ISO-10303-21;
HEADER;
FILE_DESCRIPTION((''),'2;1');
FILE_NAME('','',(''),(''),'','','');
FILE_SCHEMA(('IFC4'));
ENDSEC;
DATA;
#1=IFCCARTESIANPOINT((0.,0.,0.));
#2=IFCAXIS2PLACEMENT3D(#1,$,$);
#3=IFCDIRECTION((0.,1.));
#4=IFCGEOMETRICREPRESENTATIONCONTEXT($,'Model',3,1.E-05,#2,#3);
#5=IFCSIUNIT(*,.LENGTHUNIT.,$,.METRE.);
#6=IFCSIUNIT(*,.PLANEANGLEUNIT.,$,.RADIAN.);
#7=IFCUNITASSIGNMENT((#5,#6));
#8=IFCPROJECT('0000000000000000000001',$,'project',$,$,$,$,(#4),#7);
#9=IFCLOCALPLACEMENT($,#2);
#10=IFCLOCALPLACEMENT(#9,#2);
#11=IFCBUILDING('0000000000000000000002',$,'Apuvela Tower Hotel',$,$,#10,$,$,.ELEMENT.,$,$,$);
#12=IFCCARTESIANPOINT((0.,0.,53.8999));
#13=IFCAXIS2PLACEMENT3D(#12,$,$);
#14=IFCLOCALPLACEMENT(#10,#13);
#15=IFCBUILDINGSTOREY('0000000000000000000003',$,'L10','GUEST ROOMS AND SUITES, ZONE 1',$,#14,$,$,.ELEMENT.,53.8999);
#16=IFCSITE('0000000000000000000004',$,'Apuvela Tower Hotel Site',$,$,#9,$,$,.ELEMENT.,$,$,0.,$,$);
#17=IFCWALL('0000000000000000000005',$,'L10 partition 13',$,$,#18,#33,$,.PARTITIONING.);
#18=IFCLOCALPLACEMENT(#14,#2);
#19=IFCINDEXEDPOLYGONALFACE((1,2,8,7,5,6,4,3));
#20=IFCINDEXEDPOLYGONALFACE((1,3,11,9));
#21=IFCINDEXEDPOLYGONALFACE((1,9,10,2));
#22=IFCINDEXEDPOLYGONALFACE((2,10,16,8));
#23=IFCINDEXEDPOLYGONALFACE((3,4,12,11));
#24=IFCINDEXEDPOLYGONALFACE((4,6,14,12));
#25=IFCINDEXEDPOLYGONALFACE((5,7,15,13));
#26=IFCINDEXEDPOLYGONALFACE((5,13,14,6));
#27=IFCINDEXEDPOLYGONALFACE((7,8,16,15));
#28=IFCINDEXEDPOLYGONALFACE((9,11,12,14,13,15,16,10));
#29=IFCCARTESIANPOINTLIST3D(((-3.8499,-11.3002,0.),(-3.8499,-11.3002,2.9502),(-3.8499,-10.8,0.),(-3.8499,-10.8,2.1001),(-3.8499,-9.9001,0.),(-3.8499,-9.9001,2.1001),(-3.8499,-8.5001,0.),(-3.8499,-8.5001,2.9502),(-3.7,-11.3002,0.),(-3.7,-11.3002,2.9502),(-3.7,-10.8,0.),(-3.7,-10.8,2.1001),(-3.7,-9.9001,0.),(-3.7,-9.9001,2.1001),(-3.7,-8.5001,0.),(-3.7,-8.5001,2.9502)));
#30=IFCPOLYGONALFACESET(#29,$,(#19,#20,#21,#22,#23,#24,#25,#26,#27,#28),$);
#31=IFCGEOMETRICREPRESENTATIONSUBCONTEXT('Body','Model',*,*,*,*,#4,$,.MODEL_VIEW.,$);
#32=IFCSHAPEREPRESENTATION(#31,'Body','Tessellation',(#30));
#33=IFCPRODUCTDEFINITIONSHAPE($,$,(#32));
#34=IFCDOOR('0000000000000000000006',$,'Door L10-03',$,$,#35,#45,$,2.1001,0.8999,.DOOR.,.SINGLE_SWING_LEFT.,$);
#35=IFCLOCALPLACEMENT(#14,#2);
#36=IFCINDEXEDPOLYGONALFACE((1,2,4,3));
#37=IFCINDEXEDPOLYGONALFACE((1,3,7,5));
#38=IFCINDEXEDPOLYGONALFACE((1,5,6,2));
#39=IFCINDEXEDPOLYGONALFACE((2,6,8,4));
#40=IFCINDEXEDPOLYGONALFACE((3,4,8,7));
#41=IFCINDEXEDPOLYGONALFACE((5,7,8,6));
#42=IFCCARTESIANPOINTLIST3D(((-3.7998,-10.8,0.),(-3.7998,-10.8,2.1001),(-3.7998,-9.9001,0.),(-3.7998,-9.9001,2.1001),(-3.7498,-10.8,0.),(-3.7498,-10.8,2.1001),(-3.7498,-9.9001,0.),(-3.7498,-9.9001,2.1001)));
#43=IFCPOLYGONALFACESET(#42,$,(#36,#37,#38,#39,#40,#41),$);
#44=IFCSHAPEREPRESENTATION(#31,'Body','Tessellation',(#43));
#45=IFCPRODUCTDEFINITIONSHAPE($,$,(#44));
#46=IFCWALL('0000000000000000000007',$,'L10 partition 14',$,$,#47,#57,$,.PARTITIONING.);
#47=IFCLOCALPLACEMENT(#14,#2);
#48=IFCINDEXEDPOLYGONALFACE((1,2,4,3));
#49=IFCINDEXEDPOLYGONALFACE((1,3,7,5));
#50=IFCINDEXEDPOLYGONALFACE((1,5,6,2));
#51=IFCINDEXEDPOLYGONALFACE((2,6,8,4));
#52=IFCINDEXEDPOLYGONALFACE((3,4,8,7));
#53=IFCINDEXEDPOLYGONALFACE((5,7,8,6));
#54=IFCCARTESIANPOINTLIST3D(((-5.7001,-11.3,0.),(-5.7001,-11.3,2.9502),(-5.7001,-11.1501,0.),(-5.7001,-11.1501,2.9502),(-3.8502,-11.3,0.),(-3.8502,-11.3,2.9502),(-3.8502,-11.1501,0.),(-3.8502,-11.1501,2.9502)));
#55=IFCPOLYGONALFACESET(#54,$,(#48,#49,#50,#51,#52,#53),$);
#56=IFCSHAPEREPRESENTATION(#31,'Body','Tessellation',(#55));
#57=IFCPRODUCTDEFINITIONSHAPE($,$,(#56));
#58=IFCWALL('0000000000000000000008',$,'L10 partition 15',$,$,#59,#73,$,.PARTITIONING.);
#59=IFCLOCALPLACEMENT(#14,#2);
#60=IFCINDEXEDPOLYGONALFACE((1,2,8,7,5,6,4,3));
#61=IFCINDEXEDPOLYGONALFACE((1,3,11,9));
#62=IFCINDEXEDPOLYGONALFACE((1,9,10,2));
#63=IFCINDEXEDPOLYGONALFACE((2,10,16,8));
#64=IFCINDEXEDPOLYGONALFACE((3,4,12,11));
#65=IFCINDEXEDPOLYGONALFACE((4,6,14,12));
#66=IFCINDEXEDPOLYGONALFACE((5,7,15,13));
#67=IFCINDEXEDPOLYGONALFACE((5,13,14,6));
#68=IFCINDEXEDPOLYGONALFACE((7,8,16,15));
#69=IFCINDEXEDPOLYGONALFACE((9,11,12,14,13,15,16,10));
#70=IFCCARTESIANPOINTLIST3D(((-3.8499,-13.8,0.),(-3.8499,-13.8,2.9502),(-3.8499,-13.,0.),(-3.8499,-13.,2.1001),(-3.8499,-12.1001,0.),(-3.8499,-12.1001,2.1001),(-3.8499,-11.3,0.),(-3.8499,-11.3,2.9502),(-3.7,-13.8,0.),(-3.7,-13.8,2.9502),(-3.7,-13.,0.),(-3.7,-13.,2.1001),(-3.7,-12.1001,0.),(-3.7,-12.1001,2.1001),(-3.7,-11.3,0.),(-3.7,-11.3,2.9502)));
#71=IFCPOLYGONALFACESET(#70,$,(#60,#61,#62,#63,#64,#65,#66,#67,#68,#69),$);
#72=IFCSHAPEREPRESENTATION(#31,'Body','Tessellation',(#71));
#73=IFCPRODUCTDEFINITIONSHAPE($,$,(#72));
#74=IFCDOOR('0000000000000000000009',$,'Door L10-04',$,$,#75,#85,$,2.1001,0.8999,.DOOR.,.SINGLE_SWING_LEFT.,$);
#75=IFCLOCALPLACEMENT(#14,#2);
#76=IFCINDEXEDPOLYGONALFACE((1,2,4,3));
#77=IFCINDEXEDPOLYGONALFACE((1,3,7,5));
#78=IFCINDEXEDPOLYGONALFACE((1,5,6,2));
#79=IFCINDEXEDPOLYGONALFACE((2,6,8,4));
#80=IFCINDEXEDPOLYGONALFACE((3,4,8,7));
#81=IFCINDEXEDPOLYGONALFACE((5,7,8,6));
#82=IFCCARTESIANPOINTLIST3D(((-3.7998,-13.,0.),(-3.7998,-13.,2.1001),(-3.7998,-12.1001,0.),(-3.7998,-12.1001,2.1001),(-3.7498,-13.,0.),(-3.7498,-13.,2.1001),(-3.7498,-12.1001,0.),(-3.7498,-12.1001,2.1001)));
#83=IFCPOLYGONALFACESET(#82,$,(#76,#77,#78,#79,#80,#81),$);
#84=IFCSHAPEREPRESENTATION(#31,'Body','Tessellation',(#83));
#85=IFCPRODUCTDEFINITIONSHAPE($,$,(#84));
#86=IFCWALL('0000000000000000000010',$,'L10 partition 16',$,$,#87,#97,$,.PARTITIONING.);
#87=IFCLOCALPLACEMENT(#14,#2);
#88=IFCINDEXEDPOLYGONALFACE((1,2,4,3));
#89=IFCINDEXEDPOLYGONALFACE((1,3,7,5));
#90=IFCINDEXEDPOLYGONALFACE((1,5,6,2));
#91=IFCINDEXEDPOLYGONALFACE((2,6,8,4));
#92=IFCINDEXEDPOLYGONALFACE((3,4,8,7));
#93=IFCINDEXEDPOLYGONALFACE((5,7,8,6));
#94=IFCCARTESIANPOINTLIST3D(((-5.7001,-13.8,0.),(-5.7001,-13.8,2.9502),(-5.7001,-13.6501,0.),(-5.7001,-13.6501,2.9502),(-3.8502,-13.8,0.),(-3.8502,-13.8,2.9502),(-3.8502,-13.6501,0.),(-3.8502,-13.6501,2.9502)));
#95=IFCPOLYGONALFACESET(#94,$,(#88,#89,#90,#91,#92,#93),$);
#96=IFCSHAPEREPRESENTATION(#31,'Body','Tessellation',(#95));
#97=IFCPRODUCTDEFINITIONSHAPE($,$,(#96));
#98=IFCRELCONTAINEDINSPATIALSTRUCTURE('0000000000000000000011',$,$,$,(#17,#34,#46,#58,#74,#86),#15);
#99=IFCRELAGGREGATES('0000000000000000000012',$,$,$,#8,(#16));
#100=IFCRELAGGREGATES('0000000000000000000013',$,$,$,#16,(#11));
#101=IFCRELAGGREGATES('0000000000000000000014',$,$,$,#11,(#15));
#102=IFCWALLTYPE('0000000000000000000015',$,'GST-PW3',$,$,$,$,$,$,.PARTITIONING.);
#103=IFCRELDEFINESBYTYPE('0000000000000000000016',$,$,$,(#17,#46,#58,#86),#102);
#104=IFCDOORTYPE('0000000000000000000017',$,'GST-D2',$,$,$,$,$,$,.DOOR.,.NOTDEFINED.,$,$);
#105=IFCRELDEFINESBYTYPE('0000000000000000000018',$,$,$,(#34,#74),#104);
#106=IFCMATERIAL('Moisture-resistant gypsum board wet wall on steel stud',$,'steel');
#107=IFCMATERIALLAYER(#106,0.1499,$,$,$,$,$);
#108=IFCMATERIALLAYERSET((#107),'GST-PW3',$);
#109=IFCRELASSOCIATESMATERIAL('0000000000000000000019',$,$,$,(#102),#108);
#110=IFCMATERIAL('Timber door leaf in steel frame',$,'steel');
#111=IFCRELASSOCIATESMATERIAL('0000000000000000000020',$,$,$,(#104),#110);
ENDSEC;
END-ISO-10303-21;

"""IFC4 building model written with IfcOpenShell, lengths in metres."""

from ifc_helpers import new_model, si_unit, direction, frame, frame_2d, origin, place, context, subcontext, project, spatial, rectangle, extrude, material, layer, layer_set, type_object, element, fill, save


model = new_model("IFC4")

# Units and contexts
model_context = context("Model", 3, precision=1e-05, world=origin(), true_north=direction((0.0, 1.0)))
body_context = subcontext(model_context, "Body", "Model", "MODEL_VIEW")
ifc_project = project(units=[si_unit("LENGTHUNIT", "METRE"), si_unit("PLANEANGLEUNIT", "RADIAN")], contexts=[model_context])

# Site, building, storey
site_placement = place(None, origin())
site = spatial("IfcSite", under=ifc_project, at=site_placement, Name="Apuvela Tower Hotel Site", CompositionType="ELEMENT", RefElevation=0.0)
building_placement = place(site_placement, origin())
building = spatial("IfcBuilding", under=site, at=building_placement, Name="Apuvela Tower Hotel", CompositionType="ELEMENT")
storey_placement = place(building_placement, frame((0.0, 0.0, 53.8999)))
storey = spatial("IfcBuildingStorey", under=building, at=storey_placement, Name="L10", Description="GUEST ROOMS AND SUITES, ZONE 1", CompositionType="ELEMENT", Elevation=53.8999)

# Shared definitions
ifc_material_1 = material(Name="Timber door leaf in steel frame", Category="steel")
ifc_material_2 = material(Name="Moisture-resistant gypsum board wet wall on steel stud", Category="steel")
ifc_layer_1 = layer(ifc_material_2, 0.1499)
ifc_layer_set_1 = layer_set([ifc_layer_1], Name="GST-PW3")
wall_type_1 = type_object("IfcWallType", Name="GST-PW3", PredefinedType="PARTITIONING", material=ifc_layer_set_1)
door_type_1 = type_object("IfcDoorType", Name="GST-D2", OperationType="NOTDEFINED", PredefinedType="DOOR", material=ifc_material_1)

# Wall, opening, door
wall_1_placement = place(storey_placement, frame((-3.7749, -11.3, 0.0), z_axis=(0.0, 0.0, 1.0), x_axis=(0.0, 1.0, 0.0)))
wall_1 = element("IfcWall", 1, at=wall_1_placement, inside=storey, type_object=wall_type_1, Name="L10 partition 13", PredefinedType="PARTITIONING", context=body_context, shape_type="SweptSolid", body=[
    extrude(rectangle(XDim=2.8, YDim=0.1499, at=frame_2d((1.3999, 0.0))), origin(), (0.0, 0.0, 1.0), 2.9502),
])
opening_1_placement = place(wall_1_placement, frame((0.5, 0.0, 0.0)))
opening_1 = element("IfcOpeningElement", 2, at=opening_1_placement, cuts=wall_1, PredefinedType="OPENING", context=body_context, shape_type="SweptSolid", body=[
    extrude(rectangle(XDim=0.8999, YDim=2.1001, at=frame_2d((0.45, 1.05))), frame((0.0, 0.085, 0.0), z_axis=(0.0, -1.0, 0.0), x_axis=(1.0, 0.0, 0.0)), (0.0, 0.0, 1.0), 0.1699),
])
door_1_placement = place(opening_1_placement, origin())
door_1 = element("IfcDoor", 3, at=door_1_placement, inside=storey, type_object=door_type_1, Name="Door L10-03", OperationType="SINGLE_SWING_LEFT", OverallHeight=2.1001, OverallWidth=0.8999, PredefinedType="DOOR", context=body_context, shape_type="SweptSolid", body=[
    extrude(rectangle(XDim=0.8999, YDim=2.1001, at=frame_2d((0.45, 1.05))), frame((0.0, 0.0249, 0.0), z_axis=(0.0, -1.0, 0.0), x_axis=(1.0, 0.0, 0.0)), (0.0, 0.0, 1.0), 0.05),
])
fill(opening_1, door_1)

# Wall
wall_2_placement = place(storey_placement, frame((-5.7, -11.2251, 0.0), z_axis=(0.0, 0.0, 1.0), x_axis=(1.0, 0.0, 0.0)))
element("IfcWall", 4, at=wall_2_placement, inside=storey, type_object=wall_type_1, Name="L10 partition 14", PredefinedType="PARTITIONING", context=body_context, shape_type="SweptSolid", body=[
    extrude(rectangle(XDim=1.8499, YDim=0.1499, at=frame_2d((0.9248, 0.0))), origin(), (0.0, 0.0, 1.0), 2.9502),
])

# Wall, opening, door
wall_3_placement = place(storey_placement, frame((-3.7749, -13.8, 0.0), z_axis=(0.0, 0.0, 1.0), x_axis=(0.0, 1.0, 0.0)))
wall_3 = element("IfcWall", 5, at=wall_3_placement, inside=storey, type_object=wall_type_1, Name="L10 partition 15", PredefinedType="PARTITIONING", context=body_context, shape_type="SweptSolid", body=[
    extrude(rectangle(XDim=2.5, YDim=0.1499, at=frame_2d((1.25, 0.0))), origin(), (0.0, 0.0, 1.0), 2.9502),
])
opening_2_placement = place(wall_3_placement, frame((0.8, 0.0, 0.0)))
opening_2 = element("IfcOpeningElement", 6, at=opening_2_placement, cuts=wall_3, PredefinedType="OPENING", context=body_context, shape_type="SweptSolid", body=[
    extrude(rectangle(XDim=0.8999, YDim=2.1001, at=frame_2d((0.45, 1.05))), frame((0.0, 0.085, 0.0), z_axis=(0.0, -1.0, 0.0), x_axis=(1.0, 0.0, 0.0)), (0.0, 0.0, 1.0), 0.1699),
])
door_2_placement = place(opening_2_placement, origin())
door_2 = element("IfcDoor", 7, at=door_2_placement, inside=storey, type_object=door_type_1, Name="Door L10-04", OperationType="SINGLE_SWING_LEFT", OverallHeight=2.1001, OverallWidth=0.8999, PredefinedType="DOOR", context=body_context, shape_type="SweptSolid", body=[
    extrude(rectangle(XDim=0.8999, YDim=2.1001, at=frame_2d((0.45, 1.05))), frame((0.0, 0.0249, 0.0), z_axis=(0.0, -1.0, 0.0), x_axis=(1.0, 0.0, 0.0)), (0.0, 0.0, 1.0), 0.05),
])
fill(opening_2, door_2)

# Wall
wall_4_placement = place(storey_placement, frame((-5.7, -13.7251, 0.0), z_axis=(0.0, 0.0, 1.0), x_axis=(1.0, 0.0, 0.0)))
element("IfcWall", 8, at=wall_4_placement, inside=storey, type_object=wall_type_1, Name="L10 partition 16", PredefinedType="PARTITIONING", context=body_context, shape_type="SweptSolid", body=[
    extrude(rectangle(XDim=1.8499, YDim=0.1499, at=frame_2d((0.9248, 0.0))), origin(), (0.0, 0.0, 1.0), 2.9502),
])

save(model, "model.ifc")
